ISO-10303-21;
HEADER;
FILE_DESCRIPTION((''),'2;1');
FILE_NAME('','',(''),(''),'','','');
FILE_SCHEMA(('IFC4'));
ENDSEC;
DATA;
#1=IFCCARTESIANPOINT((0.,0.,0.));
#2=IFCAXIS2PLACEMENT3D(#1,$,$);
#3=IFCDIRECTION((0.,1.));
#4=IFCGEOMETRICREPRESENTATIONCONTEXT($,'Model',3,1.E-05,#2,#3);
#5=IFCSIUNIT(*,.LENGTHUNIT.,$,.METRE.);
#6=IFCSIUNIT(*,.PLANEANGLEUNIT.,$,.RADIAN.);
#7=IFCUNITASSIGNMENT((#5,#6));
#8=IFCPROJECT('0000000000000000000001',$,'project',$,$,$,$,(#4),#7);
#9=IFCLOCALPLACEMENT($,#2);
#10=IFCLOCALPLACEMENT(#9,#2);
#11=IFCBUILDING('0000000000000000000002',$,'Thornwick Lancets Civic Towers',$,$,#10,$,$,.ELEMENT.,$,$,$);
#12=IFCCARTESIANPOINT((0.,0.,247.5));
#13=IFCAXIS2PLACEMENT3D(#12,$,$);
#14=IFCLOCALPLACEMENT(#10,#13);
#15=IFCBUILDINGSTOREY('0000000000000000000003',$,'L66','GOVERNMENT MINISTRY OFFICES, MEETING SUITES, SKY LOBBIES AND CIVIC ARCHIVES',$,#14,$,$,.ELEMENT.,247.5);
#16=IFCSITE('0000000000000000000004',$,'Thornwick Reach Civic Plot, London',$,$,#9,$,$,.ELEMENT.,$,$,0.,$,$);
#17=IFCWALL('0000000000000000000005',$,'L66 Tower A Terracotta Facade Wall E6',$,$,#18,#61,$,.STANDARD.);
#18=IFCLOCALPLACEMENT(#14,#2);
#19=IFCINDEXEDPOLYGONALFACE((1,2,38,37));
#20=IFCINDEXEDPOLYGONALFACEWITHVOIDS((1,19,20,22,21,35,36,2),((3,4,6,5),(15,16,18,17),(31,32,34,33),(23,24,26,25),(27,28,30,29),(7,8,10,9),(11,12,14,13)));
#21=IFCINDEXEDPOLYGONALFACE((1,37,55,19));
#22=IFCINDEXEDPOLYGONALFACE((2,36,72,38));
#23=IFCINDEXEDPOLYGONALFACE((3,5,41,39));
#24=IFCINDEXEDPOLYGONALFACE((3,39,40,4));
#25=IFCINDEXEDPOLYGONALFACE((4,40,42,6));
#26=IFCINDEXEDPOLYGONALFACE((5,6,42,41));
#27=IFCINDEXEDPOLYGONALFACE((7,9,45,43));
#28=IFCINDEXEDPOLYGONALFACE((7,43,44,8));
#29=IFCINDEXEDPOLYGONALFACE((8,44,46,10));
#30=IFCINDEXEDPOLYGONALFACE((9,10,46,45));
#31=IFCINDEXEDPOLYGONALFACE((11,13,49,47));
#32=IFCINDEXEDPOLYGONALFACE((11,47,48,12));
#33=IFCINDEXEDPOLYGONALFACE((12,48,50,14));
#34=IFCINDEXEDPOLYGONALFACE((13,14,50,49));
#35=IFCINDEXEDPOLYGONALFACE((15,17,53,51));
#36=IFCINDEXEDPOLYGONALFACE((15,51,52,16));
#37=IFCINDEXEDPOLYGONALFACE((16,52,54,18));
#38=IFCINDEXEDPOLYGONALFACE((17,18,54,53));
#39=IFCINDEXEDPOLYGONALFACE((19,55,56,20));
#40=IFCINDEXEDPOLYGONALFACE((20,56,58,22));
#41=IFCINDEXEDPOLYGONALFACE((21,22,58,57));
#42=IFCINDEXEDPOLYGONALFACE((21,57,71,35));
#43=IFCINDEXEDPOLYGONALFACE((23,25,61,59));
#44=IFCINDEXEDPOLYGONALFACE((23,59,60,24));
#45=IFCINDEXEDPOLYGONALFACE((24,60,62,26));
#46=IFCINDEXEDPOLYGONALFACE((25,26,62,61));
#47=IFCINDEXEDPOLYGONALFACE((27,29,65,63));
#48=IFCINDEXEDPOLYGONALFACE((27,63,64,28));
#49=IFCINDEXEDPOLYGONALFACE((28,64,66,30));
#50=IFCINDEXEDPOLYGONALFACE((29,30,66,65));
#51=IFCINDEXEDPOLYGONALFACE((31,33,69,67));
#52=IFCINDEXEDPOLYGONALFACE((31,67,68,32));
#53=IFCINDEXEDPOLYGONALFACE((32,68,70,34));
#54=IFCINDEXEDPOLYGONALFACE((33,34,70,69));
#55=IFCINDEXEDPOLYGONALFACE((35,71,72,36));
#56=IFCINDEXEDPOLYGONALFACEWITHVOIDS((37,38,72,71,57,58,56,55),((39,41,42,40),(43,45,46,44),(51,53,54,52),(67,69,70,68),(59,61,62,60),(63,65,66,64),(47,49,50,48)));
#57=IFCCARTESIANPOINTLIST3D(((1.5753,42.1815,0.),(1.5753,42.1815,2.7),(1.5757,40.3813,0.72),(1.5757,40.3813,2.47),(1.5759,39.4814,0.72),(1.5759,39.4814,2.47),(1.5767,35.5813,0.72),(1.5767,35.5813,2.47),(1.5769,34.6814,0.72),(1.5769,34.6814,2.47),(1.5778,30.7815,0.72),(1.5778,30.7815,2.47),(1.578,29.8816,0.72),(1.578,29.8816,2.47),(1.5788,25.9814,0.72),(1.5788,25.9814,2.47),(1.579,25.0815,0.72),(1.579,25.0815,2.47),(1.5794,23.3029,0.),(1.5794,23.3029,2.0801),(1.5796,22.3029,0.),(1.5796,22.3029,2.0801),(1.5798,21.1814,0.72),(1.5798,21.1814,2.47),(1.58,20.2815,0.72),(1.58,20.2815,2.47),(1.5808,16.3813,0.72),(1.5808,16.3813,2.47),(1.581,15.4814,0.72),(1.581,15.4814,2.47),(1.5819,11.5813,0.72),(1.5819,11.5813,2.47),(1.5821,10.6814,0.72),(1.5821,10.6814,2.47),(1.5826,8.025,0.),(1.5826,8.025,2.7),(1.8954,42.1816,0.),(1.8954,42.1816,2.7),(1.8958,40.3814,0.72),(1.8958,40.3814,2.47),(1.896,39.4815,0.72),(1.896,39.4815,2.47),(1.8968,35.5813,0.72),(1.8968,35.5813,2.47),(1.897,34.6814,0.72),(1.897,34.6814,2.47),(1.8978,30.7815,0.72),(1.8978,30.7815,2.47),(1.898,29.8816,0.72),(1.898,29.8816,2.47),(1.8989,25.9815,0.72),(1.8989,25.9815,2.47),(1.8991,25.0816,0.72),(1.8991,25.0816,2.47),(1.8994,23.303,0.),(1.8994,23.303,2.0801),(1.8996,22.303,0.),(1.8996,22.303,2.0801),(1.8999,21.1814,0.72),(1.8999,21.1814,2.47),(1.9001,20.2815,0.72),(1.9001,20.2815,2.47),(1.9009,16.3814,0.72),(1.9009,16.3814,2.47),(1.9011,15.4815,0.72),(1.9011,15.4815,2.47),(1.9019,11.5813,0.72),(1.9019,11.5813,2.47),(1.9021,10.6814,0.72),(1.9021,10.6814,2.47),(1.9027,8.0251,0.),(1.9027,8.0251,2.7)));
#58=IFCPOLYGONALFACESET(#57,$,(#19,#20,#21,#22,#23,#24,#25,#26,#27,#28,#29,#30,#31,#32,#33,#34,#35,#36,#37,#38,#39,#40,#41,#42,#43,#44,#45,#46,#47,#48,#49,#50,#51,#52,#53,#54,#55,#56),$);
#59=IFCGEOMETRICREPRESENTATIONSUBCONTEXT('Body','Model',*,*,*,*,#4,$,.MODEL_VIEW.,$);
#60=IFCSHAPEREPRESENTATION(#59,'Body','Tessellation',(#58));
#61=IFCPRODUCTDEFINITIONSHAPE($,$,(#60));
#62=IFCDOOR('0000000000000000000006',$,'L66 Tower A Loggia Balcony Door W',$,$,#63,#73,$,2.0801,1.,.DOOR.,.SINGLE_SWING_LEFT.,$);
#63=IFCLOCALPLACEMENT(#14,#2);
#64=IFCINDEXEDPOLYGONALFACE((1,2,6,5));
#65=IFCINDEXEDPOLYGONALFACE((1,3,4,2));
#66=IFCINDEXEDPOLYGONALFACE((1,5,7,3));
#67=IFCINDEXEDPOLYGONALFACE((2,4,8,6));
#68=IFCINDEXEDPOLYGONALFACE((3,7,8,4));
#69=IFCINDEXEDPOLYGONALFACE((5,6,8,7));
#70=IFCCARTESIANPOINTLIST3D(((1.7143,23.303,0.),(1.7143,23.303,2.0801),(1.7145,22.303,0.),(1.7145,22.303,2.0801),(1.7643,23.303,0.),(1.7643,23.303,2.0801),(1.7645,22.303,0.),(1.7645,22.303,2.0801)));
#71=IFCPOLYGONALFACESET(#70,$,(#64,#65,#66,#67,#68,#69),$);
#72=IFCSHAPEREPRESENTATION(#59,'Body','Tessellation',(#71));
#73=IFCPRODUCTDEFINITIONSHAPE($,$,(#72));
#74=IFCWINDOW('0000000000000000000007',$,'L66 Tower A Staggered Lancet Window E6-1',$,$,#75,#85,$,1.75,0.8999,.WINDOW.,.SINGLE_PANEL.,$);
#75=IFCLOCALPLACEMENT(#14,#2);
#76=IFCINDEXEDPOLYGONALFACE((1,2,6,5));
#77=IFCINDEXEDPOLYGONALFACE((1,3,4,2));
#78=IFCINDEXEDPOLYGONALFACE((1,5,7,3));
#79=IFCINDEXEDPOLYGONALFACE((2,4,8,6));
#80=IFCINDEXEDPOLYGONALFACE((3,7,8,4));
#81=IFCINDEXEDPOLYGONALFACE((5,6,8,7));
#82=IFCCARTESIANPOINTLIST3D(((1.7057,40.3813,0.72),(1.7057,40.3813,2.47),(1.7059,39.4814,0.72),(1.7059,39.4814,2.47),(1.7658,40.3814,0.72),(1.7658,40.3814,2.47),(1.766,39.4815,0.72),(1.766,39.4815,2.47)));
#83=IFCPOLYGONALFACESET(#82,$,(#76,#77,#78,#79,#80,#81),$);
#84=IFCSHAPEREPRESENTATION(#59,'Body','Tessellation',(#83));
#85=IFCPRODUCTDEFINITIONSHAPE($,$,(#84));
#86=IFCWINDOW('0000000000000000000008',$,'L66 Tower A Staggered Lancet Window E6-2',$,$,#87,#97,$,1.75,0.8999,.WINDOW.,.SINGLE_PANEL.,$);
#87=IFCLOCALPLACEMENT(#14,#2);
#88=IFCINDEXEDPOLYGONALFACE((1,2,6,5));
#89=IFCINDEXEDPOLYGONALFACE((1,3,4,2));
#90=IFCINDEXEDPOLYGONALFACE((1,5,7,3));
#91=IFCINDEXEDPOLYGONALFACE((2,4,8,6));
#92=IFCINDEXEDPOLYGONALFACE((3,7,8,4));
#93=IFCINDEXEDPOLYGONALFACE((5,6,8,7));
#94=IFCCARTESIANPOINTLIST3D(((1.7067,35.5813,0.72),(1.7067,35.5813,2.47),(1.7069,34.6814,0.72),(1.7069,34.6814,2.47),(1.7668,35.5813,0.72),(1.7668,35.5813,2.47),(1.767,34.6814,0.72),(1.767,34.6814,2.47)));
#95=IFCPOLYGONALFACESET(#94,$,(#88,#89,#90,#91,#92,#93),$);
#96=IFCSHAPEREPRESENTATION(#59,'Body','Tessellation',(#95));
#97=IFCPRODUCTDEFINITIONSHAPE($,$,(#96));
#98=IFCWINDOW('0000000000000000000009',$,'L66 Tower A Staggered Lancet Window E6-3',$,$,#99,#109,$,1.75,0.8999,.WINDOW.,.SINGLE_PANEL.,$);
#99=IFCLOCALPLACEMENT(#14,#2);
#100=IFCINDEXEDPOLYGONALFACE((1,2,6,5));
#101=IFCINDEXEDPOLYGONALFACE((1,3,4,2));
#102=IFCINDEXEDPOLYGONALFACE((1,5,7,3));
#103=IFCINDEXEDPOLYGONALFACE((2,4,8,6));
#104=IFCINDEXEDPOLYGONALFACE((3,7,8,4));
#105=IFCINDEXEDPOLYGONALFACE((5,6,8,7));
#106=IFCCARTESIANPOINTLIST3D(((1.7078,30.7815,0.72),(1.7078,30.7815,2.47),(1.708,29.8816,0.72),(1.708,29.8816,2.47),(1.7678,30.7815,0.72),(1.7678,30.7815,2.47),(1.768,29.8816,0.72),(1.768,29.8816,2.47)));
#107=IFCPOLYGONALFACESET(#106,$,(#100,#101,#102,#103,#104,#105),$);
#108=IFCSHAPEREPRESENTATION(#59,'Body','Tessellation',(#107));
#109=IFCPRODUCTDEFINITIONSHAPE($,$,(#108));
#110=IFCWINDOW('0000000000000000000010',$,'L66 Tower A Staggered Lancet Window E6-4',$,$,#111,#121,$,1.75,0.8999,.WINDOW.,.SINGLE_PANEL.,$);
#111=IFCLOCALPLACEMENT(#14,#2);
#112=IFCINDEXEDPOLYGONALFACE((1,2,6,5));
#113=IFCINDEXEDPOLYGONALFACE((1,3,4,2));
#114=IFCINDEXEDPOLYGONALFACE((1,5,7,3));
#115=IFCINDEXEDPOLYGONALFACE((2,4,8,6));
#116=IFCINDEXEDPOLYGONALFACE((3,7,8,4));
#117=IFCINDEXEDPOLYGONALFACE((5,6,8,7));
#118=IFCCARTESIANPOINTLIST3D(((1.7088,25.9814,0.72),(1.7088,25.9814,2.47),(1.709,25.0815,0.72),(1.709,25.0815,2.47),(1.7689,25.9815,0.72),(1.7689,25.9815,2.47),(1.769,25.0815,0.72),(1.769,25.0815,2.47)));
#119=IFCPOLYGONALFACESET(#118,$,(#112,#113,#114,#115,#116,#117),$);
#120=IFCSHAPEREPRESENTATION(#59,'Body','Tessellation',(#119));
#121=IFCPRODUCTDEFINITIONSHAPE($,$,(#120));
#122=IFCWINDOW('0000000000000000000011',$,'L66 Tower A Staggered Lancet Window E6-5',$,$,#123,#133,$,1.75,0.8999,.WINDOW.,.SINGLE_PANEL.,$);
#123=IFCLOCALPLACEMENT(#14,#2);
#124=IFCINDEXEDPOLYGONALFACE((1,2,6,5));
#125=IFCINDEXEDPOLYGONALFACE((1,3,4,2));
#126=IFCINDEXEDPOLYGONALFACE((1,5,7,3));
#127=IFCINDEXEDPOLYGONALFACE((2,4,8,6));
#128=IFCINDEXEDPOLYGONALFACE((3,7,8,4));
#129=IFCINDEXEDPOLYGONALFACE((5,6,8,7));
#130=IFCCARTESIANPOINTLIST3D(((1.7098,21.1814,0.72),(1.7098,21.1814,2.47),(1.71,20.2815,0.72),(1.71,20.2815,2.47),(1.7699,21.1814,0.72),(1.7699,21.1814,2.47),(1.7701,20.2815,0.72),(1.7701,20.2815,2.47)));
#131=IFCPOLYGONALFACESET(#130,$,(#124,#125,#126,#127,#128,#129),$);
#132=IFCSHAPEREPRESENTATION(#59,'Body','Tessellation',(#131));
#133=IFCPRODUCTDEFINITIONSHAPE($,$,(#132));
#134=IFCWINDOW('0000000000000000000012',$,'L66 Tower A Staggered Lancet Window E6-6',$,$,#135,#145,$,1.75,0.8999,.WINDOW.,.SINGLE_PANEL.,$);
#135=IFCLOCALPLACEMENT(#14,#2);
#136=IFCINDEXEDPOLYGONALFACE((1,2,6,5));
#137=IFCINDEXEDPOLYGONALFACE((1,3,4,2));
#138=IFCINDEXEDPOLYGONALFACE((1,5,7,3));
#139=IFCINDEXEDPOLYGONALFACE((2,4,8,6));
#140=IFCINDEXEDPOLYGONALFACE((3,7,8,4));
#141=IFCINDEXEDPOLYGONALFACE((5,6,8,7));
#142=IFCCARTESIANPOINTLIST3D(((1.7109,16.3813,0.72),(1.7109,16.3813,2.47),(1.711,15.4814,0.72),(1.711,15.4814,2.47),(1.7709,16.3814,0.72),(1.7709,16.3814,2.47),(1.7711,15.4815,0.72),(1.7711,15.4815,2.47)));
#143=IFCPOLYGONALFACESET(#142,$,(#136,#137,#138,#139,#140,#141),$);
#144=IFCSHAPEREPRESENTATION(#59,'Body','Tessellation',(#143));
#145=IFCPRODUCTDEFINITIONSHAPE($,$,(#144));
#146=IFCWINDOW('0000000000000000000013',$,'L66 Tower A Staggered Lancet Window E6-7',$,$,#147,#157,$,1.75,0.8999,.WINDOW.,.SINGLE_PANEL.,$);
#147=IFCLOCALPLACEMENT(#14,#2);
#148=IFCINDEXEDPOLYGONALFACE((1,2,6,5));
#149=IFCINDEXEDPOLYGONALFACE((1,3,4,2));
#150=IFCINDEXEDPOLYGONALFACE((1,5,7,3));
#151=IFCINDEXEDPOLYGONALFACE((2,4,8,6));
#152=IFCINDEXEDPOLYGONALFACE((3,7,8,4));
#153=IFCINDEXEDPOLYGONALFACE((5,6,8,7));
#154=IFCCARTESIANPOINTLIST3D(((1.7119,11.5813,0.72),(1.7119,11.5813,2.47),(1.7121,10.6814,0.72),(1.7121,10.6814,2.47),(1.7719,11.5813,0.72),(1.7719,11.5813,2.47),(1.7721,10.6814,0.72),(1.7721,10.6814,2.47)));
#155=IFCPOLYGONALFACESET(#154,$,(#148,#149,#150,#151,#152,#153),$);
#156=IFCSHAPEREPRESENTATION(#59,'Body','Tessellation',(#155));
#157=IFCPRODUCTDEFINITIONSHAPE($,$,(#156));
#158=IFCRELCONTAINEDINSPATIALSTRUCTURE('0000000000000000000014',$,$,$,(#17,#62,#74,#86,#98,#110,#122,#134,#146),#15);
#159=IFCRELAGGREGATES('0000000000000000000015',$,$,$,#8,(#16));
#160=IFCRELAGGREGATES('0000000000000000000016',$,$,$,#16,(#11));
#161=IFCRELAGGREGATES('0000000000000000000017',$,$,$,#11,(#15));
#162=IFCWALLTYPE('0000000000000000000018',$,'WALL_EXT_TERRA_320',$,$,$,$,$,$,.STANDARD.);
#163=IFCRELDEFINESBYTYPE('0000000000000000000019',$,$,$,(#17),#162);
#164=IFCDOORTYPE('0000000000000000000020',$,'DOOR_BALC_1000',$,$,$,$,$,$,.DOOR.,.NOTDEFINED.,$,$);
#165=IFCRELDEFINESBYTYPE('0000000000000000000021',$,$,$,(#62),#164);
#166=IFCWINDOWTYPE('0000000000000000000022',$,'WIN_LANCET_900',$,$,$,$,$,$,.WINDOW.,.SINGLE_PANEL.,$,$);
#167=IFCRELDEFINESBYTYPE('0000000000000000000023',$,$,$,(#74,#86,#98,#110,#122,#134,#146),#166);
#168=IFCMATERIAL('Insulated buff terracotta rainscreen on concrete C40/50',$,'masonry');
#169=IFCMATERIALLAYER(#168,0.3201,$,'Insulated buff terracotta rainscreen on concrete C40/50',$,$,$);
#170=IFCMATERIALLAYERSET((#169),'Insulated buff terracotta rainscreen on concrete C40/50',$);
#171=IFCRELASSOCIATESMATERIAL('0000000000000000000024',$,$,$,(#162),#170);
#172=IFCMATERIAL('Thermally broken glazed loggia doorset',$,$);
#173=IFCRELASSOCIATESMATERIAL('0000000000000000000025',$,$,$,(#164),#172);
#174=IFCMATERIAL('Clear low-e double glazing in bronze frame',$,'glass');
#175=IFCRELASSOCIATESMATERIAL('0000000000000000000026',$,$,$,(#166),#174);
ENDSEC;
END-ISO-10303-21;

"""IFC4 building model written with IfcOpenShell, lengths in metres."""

from ifc_helpers import new_model, si_unit, direction, frame, frame_2d, origin, place, context, subcontext, project, spatial, rectangle, extrude, material, layer, layer_set, type_object, element, fill, save


model = new_model("IFC4")

# Units and contexts
model_context = context("Model", 3, precision=1e-05, world=origin(), true_north=direction((0.0, 1.0)))
body_context = subcontext(model_context, "Body", "Model", "MODEL_VIEW")
ifc_project = project(units=[si_unit("LENGTHUNIT", "METRE"), si_unit("PLANEANGLEUNIT", "RADIAN")], contexts=[model_context])

# Site, building, storey
site_placement = place(None, origin())
site = spatial("IfcSite", under=ifc_project, at=site_placement, Name="Thornwick Reach Civic Plot, London", CompositionType="ELEMENT", RefElevation=0.0)
building_placement = place(site_placement, origin())
building = spatial("IfcBuilding", under=site, at=building_placement, Name="Thornwick Lancets Civic Towers", CompositionType="ELEMENT")
storey_placement = place(building_placement, frame((0.0, 0.0, 247.5)))
storey = spatial("IfcBuildingStorey", under=building, at=storey_placement, Name="L66", Description="GOVERNMENT MINISTRY OFFICES, MEETING SUITES, SKY LOBBIES AND CIVIC ARCHIVES", CompositionType="ELEMENT", Elevation=247.5)

# Wall, openings, door, windows
ifc_material_1 = material(Name="Insulated buff terracotta rainscreen on concrete C40/50", Category="masonry")
ifc_layer_1 = layer(ifc_material_1, 0.3201, Name="Insulated buff terracotta rainscreen on concrete C40/50")
ifc_layer_set_1 = layer_set([ifc_layer_1], Name="Insulated buff terracotta rainscreen on concrete C40/50")
wall_type_1 = type_object("IfcWallType", Name="WALL_EXT_TERRA_320", PredefinedType="STANDARD", material=ifc_layer_set_1)
wall_1_placement = place(storey_placement, frame((1.7354, 42.1814, 0.0), z_axis=(0.0, 0.0, 1.0), x_axis=(0.000214, -1.0, 0.0)))
wall_1 = element("IfcWall", 1, at=wall_1_placement, inside=storey, type_object=wall_type_1, Name="L66 Tower A Terracotta Facade Wall E6", PredefinedType="STANDARD", context=body_context, shape_type="SweptSolid", body=[
    extrude(rectangle(XDim=34.1565, YDim=0.3201, at=frame_2d((17.0781, 0.0))), origin(), (0.0, 0.0, 1.0), 2.7),
])
opening_1_placement = place(wall_1_placement, frame((18.8784, 0.0, 0.0)))
opening_1 = element("IfcOpeningElement", 2, at=opening_1_placement, cuts=wall_1, PredefinedType="OPENING", context=body_context, shape_type="SweptSolid", body=[
    extrude(rectangle(XDim=1.0, YDim=2.0801, at=frame_2d((0.5, 1.04))), frame((0.0, 0.1699, 0.0), z_axis=(0.0, -1.0, 0.0), x_axis=(1.0, 0.0, 0.0)), (0.0, 0.0, 1.0), 0.3401),
])
opening_2_placement = place(wall_1_placement, frame((1.8, 0.0, 0.72)))
opening_2 = element("IfcOpeningElement", 3, at=opening_2_placement, cuts=wall_1, PredefinedType="OPENING", context=body_context, shape_type="SweptSolid", body=[
    extrude(rectangle(XDim=0.8999, YDim=1.75, at=frame_2d((0.45, 0.875))), frame((0.0, 0.1699, 0.0), z_axis=(0.0, -1.0, 0.0), x_axis=(1.0, 0.0, 0.0)), (0.0, 0.0, 1.0), 0.3401),
])
opening_3_placement = place(wall_1_placement, frame((6.6001, 0.0, 0.72)))
opening_3 = element("IfcOpeningElement", 4, at=opening_3_placement, cuts=wall_1, PredefinedType="OPENING", context=body_context, shape_type="SweptSolid", body=[
    extrude(rectangle(XDim=0.8999, YDim=1.75, at=frame_2d((0.45, 0.875))), frame((0.0, 0.1699, 0.0), z_axis=(0.0, -1.0, 0.0), x_axis=(1.0, 0.0, 0.0)), (0.0, 0.0, 1.0), 0.3401),
])
opening_4_placement = place(wall_1_placement, frame((11.3999, 0.0, 0.72)))
opening_4 = element("IfcOpeningElement", 5, at=opening_4_placement, cuts=wall_1, PredefinedType="OPENING", context=body_context, shape_type="SweptSolid", body=[
    extrude(rectangle(XDim=0.8999, YDim=1.75, at=frame_2d((0.45, 0.875))), frame((0.0, 0.1699, 0.0), z_axis=(0.0, -1.0, 0.0), x_axis=(1.0, 0.0, 0.0)), (0.0, 0.0, 1.0), 0.3401),
])
opening_5_placement = place(wall_1_placement, frame((16.2, 0.0, 0.72)))
opening_5 = element("IfcOpeningElement", 6, at=opening_5_placement, cuts=wall_1, PredefinedType="OPENING", context=body_context, shape_type="SweptSolid", body=[
    extrude(rectangle(XDim=0.8999, YDim=1.75, at=frame_2d((0.45, 0.875))), frame((0.0, 0.1699, 0.0), z_axis=(0.0, -1.0, 0.0), x_axis=(1.0, 0.0, 0.0)), (0.0, 0.0, 1.0), 0.3401),
])
opening_6_placement = place(wall_1_placement, frame((21.0, 0.0, 0.72)))
opening_6 = element("IfcOpeningElement", 7, at=opening_6_placement, cuts=wall_1, PredefinedType="OPENING", context=body_context, shape_type="SweptSolid", body=[
    extrude(rectangle(XDim=0.8999, YDim=1.75, at=frame_2d((0.45, 0.875))), frame((0.0, 0.1699, 0.0), z_axis=(0.0, -1.0, 0.0), x_axis=(1.0, 0.0, 0.0)), (0.0, 0.0, 1.0), 0.3401),
])
opening_7_placement = place(wall_1_placement, frame((25.8, 0.0, 0.72)))
opening_7 = element("IfcOpeningElement", 8, at=opening_7_placement, cuts=wall_1, PredefinedType="OPENING", context=body_context, shape_type="SweptSolid", body=[
    extrude(rectangle(XDim=0.8999, YDim=1.75, at=frame_2d((0.45, 0.875))), frame((0.0, 0.1699, 0.0), z_axis=(0.0, -1.0, 0.0), x_axis=(1.0, 0.0, 0.0)), (0.0, 0.0, 1.0), 0.3401),
])
opening_8_placement = place(wall_1_placement, frame((30.6001, 0.0, 0.72)))
opening_8 = element("IfcOpeningElement", 9, at=opening_8_placement, cuts=wall_1, PredefinedType="OPENING", context=body_context, shape_type="SweptSolid", body=[
    extrude(rectangle(XDim=0.8999, YDim=1.75, at=frame_2d((0.45, 0.875))), frame((0.0, 0.1699, 0.0), z_axis=(0.0, -1.0, 0.0), x_axis=(1.0, 0.0, 0.0)), (0.0, 0.0, 1.0), 0.3401),
])
ifc_material_2 = material(Name="Thermally broken glazed loggia doorset")
door_type = type_object("IfcDoorType", Name="DOOR_BALC_1000", OperationType="NOTDEFINED", PredefinedType="DOOR", material=ifc_material_2)
door_placement = place(opening_1_placement, origin())
door = element("IfcDoor", 10, at=door_placement, inside=storey, type_object=door_type, Name="L66 Tower A Loggia Balcony Door W", OperationType="SINGLE_SWING_LEFT", OverallHeight=2.0801, OverallWidth=1.0, PredefinedType="DOOR", context=body_context, shape_type="SweptSolid", body=[
    extrude(rectangle(XDim=1.0, YDim=2.0801, at=frame_2d((0.5, 1.04))), frame((0.0, 0.0249, 0.0), z_axis=(0.0, -1.0, 0.0), x_axis=(1.0, 0.0, 0.0)), (0.0, 0.0, 1.0), 0.05),
])
fill(opening_1, door)
ifc_material_3 = material(Name="Clear low-e double glazing in bronze frame", Category="glass")
window_type = type_object("IfcWindowType", Name="WIN_LANCET_900", PartitioningType="SINGLE_PANEL", PredefinedType="WINDOW", material=ifc_material_3)
window_1_placement = place(opening_2_placement, origin())
window_1 = element("IfcWindow", 11, at=window_1_placement, inside=storey, type_object=window_type, Name="L66 Tower A Staggered Lancet Window E6-1", OverallHeight=1.75, OverallWidth=0.8999, PartitioningType="SINGLE_PANEL", PredefinedType="WINDOW", context=body_context, shape_type="SweptSolid", body=[
    extrude(rectangle(XDim=0.8999, YDim=1.75, at=frame_2d((0.45, 0.875))), frame((0.0, 0.03, 0.0), z_axis=(0.0, -1.0, 0.0), x_axis=(1.0, 0.0, 0.0)), (0.0, 0.0, 1.0), 0.0601),
])
fill(opening_2, window_1)
window_2_placement = place(opening_3_placement, origin())
window_2 = element("IfcWindow", 12, at=window_2_placement, inside=storey, type_object=window_type, Name="L66 Tower A Staggered Lancet Window E6-2", OverallHeight=1.75, OverallWidth=0.8999, PartitioningType="SINGLE_PANEL", PredefinedType="WINDOW", context=body_context, shape_type="SweptSolid", body=[
    extrude(rectangle(XDim=0.8999, YDim=1.75, at=frame_2d((0.45, 0.875))), frame((0.0, 0.03, 0.0), z_axis=(0.0, -1.0, 0.0), x_axis=(1.0, 0.0, 0.0)), (0.0, 0.0, 1.0), 0.0601),
])
fill(opening_3, window_2)
window_3_placement = place(opening_4_placement, origin())
window_3 = element("IfcWindow", 13, at=window_3_placement, inside=storey, type_object=window_type, Name="L66 Tower A Staggered Lancet Window E6-3", OverallHeight=1.75, OverallWidth=0.8999, PartitioningType="SINGLE_PANEL", PredefinedType="WINDOW", context=body_context, shape_type="SweptSolid", body=[
    extrude(rectangle(XDim=0.8999, YDim=1.75, at=frame_2d((0.45, 0.875))), frame((0.0, 0.03, 0.0), z_axis=(0.0, -1.0, 0.0), x_axis=(1.0, 0.0, 0.0)), (0.0, 0.0, 1.0), 0.0601),
])
fill(opening_4, window_3)
window_4_placement = place(opening_5_placement, origin())
window_4 = element("IfcWindow", 14, at=window_4_placement, inside=storey, type_object=window_type, Name="L66 Tower A Staggered Lancet Window E6-4", OverallHeight=1.75, OverallWidth=0.8999, PartitioningType="SINGLE_PANEL", PredefinedType="WINDOW", context=body_context, shape_type="SweptSolid", body=[
    extrude(rectangle(XDim=0.8999, YDim=1.75, at=frame_2d((0.45, 0.875))), frame((0.0, 0.03, 0.0), z_axis=(0.0, -1.0, 0.0), x_axis=(1.0, 0.0, 0.0)), (0.0, 0.0, 1.0), 0.0601),
])
fill(opening_5, window_4)
window_5_placement = place(opening_6_placement, origin())
window_5 = element("IfcWindow", 15, at=window_5_placement, inside=storey, type_object=window_type, Name="L66 Tower A Staggered Lancet Window E6-5", OverallHeight=1.75, OverallWidth=0.8999, PartitioningType="SINGLE_PANEL", PredefinedType="WINDOW", context=body_context, shape_type="SweptSolid", body=[
    extrude(rectangle(XDim=0.8999, YDim=1.75, at=frame_2d((0.45, 0.875))), frame((0.0, 0.03, 0.0), z_axis=(0.0, -1.0, 0.0), x_axis=(1.0, 0.0, 0.0)), (0.0, 0.0, 1.0), 0.0601),
])
fill(opening_6, window_5)
window_6_placement = place(opening_7_placement, origin())
window_6 = element("IfcWindow", 16, at=window_6_placement, inside=storey, type_object=window_type, Name="L66 Tower A Staggered Lancet Window E6-6", OverallHeight=1.75, OverallWidth=0.8999, PartitioningType="SINGLE_PANEL", PredefinedType="WINDOW", context=body_context, shape_type="SweptSolid", body=[
    extrude(rectangle(XDim=0.8999, YDim=1.75, at=frame_2d((0.45, 0.875))), frame((0.0, 0.03, 0.0), z_axis=(0.0, -1.0, 0.0), x_axis=(1.0, 0.0, 0.0)), (0.0, 0.0, 1.0), 0.0601),
])
fill(opening_7, window_6)
window_7_placement = place(opening_8_placement, origin())
window_7 = element("IfcWindow", 17, at=window_7_placement, inside=storey, type_object=window_type, Name="L66 Tower A Staggered Lancet Window E6-7", OverallHeight=1.75, OverallWidth=0.8999, PartitioningType="SINGLE_PANEL", PredefinedType="WINDOW", context=body_context, shape_type="SweptSolid", body=[
    extrude(rectangle(XDim=0.8999, YDim=1.75, at=frame_2d((0.45, 0.875))), frame((0.0, 0.03, 0.0), z_axis=(0.0, -1.0, 0.0), x_axis=(1.0, 0.0, 0.0)), (0.0, 0.0, 1.0), 0.0601),
])
fill(opening_8, window_7)

save(model, "model.ifc")
